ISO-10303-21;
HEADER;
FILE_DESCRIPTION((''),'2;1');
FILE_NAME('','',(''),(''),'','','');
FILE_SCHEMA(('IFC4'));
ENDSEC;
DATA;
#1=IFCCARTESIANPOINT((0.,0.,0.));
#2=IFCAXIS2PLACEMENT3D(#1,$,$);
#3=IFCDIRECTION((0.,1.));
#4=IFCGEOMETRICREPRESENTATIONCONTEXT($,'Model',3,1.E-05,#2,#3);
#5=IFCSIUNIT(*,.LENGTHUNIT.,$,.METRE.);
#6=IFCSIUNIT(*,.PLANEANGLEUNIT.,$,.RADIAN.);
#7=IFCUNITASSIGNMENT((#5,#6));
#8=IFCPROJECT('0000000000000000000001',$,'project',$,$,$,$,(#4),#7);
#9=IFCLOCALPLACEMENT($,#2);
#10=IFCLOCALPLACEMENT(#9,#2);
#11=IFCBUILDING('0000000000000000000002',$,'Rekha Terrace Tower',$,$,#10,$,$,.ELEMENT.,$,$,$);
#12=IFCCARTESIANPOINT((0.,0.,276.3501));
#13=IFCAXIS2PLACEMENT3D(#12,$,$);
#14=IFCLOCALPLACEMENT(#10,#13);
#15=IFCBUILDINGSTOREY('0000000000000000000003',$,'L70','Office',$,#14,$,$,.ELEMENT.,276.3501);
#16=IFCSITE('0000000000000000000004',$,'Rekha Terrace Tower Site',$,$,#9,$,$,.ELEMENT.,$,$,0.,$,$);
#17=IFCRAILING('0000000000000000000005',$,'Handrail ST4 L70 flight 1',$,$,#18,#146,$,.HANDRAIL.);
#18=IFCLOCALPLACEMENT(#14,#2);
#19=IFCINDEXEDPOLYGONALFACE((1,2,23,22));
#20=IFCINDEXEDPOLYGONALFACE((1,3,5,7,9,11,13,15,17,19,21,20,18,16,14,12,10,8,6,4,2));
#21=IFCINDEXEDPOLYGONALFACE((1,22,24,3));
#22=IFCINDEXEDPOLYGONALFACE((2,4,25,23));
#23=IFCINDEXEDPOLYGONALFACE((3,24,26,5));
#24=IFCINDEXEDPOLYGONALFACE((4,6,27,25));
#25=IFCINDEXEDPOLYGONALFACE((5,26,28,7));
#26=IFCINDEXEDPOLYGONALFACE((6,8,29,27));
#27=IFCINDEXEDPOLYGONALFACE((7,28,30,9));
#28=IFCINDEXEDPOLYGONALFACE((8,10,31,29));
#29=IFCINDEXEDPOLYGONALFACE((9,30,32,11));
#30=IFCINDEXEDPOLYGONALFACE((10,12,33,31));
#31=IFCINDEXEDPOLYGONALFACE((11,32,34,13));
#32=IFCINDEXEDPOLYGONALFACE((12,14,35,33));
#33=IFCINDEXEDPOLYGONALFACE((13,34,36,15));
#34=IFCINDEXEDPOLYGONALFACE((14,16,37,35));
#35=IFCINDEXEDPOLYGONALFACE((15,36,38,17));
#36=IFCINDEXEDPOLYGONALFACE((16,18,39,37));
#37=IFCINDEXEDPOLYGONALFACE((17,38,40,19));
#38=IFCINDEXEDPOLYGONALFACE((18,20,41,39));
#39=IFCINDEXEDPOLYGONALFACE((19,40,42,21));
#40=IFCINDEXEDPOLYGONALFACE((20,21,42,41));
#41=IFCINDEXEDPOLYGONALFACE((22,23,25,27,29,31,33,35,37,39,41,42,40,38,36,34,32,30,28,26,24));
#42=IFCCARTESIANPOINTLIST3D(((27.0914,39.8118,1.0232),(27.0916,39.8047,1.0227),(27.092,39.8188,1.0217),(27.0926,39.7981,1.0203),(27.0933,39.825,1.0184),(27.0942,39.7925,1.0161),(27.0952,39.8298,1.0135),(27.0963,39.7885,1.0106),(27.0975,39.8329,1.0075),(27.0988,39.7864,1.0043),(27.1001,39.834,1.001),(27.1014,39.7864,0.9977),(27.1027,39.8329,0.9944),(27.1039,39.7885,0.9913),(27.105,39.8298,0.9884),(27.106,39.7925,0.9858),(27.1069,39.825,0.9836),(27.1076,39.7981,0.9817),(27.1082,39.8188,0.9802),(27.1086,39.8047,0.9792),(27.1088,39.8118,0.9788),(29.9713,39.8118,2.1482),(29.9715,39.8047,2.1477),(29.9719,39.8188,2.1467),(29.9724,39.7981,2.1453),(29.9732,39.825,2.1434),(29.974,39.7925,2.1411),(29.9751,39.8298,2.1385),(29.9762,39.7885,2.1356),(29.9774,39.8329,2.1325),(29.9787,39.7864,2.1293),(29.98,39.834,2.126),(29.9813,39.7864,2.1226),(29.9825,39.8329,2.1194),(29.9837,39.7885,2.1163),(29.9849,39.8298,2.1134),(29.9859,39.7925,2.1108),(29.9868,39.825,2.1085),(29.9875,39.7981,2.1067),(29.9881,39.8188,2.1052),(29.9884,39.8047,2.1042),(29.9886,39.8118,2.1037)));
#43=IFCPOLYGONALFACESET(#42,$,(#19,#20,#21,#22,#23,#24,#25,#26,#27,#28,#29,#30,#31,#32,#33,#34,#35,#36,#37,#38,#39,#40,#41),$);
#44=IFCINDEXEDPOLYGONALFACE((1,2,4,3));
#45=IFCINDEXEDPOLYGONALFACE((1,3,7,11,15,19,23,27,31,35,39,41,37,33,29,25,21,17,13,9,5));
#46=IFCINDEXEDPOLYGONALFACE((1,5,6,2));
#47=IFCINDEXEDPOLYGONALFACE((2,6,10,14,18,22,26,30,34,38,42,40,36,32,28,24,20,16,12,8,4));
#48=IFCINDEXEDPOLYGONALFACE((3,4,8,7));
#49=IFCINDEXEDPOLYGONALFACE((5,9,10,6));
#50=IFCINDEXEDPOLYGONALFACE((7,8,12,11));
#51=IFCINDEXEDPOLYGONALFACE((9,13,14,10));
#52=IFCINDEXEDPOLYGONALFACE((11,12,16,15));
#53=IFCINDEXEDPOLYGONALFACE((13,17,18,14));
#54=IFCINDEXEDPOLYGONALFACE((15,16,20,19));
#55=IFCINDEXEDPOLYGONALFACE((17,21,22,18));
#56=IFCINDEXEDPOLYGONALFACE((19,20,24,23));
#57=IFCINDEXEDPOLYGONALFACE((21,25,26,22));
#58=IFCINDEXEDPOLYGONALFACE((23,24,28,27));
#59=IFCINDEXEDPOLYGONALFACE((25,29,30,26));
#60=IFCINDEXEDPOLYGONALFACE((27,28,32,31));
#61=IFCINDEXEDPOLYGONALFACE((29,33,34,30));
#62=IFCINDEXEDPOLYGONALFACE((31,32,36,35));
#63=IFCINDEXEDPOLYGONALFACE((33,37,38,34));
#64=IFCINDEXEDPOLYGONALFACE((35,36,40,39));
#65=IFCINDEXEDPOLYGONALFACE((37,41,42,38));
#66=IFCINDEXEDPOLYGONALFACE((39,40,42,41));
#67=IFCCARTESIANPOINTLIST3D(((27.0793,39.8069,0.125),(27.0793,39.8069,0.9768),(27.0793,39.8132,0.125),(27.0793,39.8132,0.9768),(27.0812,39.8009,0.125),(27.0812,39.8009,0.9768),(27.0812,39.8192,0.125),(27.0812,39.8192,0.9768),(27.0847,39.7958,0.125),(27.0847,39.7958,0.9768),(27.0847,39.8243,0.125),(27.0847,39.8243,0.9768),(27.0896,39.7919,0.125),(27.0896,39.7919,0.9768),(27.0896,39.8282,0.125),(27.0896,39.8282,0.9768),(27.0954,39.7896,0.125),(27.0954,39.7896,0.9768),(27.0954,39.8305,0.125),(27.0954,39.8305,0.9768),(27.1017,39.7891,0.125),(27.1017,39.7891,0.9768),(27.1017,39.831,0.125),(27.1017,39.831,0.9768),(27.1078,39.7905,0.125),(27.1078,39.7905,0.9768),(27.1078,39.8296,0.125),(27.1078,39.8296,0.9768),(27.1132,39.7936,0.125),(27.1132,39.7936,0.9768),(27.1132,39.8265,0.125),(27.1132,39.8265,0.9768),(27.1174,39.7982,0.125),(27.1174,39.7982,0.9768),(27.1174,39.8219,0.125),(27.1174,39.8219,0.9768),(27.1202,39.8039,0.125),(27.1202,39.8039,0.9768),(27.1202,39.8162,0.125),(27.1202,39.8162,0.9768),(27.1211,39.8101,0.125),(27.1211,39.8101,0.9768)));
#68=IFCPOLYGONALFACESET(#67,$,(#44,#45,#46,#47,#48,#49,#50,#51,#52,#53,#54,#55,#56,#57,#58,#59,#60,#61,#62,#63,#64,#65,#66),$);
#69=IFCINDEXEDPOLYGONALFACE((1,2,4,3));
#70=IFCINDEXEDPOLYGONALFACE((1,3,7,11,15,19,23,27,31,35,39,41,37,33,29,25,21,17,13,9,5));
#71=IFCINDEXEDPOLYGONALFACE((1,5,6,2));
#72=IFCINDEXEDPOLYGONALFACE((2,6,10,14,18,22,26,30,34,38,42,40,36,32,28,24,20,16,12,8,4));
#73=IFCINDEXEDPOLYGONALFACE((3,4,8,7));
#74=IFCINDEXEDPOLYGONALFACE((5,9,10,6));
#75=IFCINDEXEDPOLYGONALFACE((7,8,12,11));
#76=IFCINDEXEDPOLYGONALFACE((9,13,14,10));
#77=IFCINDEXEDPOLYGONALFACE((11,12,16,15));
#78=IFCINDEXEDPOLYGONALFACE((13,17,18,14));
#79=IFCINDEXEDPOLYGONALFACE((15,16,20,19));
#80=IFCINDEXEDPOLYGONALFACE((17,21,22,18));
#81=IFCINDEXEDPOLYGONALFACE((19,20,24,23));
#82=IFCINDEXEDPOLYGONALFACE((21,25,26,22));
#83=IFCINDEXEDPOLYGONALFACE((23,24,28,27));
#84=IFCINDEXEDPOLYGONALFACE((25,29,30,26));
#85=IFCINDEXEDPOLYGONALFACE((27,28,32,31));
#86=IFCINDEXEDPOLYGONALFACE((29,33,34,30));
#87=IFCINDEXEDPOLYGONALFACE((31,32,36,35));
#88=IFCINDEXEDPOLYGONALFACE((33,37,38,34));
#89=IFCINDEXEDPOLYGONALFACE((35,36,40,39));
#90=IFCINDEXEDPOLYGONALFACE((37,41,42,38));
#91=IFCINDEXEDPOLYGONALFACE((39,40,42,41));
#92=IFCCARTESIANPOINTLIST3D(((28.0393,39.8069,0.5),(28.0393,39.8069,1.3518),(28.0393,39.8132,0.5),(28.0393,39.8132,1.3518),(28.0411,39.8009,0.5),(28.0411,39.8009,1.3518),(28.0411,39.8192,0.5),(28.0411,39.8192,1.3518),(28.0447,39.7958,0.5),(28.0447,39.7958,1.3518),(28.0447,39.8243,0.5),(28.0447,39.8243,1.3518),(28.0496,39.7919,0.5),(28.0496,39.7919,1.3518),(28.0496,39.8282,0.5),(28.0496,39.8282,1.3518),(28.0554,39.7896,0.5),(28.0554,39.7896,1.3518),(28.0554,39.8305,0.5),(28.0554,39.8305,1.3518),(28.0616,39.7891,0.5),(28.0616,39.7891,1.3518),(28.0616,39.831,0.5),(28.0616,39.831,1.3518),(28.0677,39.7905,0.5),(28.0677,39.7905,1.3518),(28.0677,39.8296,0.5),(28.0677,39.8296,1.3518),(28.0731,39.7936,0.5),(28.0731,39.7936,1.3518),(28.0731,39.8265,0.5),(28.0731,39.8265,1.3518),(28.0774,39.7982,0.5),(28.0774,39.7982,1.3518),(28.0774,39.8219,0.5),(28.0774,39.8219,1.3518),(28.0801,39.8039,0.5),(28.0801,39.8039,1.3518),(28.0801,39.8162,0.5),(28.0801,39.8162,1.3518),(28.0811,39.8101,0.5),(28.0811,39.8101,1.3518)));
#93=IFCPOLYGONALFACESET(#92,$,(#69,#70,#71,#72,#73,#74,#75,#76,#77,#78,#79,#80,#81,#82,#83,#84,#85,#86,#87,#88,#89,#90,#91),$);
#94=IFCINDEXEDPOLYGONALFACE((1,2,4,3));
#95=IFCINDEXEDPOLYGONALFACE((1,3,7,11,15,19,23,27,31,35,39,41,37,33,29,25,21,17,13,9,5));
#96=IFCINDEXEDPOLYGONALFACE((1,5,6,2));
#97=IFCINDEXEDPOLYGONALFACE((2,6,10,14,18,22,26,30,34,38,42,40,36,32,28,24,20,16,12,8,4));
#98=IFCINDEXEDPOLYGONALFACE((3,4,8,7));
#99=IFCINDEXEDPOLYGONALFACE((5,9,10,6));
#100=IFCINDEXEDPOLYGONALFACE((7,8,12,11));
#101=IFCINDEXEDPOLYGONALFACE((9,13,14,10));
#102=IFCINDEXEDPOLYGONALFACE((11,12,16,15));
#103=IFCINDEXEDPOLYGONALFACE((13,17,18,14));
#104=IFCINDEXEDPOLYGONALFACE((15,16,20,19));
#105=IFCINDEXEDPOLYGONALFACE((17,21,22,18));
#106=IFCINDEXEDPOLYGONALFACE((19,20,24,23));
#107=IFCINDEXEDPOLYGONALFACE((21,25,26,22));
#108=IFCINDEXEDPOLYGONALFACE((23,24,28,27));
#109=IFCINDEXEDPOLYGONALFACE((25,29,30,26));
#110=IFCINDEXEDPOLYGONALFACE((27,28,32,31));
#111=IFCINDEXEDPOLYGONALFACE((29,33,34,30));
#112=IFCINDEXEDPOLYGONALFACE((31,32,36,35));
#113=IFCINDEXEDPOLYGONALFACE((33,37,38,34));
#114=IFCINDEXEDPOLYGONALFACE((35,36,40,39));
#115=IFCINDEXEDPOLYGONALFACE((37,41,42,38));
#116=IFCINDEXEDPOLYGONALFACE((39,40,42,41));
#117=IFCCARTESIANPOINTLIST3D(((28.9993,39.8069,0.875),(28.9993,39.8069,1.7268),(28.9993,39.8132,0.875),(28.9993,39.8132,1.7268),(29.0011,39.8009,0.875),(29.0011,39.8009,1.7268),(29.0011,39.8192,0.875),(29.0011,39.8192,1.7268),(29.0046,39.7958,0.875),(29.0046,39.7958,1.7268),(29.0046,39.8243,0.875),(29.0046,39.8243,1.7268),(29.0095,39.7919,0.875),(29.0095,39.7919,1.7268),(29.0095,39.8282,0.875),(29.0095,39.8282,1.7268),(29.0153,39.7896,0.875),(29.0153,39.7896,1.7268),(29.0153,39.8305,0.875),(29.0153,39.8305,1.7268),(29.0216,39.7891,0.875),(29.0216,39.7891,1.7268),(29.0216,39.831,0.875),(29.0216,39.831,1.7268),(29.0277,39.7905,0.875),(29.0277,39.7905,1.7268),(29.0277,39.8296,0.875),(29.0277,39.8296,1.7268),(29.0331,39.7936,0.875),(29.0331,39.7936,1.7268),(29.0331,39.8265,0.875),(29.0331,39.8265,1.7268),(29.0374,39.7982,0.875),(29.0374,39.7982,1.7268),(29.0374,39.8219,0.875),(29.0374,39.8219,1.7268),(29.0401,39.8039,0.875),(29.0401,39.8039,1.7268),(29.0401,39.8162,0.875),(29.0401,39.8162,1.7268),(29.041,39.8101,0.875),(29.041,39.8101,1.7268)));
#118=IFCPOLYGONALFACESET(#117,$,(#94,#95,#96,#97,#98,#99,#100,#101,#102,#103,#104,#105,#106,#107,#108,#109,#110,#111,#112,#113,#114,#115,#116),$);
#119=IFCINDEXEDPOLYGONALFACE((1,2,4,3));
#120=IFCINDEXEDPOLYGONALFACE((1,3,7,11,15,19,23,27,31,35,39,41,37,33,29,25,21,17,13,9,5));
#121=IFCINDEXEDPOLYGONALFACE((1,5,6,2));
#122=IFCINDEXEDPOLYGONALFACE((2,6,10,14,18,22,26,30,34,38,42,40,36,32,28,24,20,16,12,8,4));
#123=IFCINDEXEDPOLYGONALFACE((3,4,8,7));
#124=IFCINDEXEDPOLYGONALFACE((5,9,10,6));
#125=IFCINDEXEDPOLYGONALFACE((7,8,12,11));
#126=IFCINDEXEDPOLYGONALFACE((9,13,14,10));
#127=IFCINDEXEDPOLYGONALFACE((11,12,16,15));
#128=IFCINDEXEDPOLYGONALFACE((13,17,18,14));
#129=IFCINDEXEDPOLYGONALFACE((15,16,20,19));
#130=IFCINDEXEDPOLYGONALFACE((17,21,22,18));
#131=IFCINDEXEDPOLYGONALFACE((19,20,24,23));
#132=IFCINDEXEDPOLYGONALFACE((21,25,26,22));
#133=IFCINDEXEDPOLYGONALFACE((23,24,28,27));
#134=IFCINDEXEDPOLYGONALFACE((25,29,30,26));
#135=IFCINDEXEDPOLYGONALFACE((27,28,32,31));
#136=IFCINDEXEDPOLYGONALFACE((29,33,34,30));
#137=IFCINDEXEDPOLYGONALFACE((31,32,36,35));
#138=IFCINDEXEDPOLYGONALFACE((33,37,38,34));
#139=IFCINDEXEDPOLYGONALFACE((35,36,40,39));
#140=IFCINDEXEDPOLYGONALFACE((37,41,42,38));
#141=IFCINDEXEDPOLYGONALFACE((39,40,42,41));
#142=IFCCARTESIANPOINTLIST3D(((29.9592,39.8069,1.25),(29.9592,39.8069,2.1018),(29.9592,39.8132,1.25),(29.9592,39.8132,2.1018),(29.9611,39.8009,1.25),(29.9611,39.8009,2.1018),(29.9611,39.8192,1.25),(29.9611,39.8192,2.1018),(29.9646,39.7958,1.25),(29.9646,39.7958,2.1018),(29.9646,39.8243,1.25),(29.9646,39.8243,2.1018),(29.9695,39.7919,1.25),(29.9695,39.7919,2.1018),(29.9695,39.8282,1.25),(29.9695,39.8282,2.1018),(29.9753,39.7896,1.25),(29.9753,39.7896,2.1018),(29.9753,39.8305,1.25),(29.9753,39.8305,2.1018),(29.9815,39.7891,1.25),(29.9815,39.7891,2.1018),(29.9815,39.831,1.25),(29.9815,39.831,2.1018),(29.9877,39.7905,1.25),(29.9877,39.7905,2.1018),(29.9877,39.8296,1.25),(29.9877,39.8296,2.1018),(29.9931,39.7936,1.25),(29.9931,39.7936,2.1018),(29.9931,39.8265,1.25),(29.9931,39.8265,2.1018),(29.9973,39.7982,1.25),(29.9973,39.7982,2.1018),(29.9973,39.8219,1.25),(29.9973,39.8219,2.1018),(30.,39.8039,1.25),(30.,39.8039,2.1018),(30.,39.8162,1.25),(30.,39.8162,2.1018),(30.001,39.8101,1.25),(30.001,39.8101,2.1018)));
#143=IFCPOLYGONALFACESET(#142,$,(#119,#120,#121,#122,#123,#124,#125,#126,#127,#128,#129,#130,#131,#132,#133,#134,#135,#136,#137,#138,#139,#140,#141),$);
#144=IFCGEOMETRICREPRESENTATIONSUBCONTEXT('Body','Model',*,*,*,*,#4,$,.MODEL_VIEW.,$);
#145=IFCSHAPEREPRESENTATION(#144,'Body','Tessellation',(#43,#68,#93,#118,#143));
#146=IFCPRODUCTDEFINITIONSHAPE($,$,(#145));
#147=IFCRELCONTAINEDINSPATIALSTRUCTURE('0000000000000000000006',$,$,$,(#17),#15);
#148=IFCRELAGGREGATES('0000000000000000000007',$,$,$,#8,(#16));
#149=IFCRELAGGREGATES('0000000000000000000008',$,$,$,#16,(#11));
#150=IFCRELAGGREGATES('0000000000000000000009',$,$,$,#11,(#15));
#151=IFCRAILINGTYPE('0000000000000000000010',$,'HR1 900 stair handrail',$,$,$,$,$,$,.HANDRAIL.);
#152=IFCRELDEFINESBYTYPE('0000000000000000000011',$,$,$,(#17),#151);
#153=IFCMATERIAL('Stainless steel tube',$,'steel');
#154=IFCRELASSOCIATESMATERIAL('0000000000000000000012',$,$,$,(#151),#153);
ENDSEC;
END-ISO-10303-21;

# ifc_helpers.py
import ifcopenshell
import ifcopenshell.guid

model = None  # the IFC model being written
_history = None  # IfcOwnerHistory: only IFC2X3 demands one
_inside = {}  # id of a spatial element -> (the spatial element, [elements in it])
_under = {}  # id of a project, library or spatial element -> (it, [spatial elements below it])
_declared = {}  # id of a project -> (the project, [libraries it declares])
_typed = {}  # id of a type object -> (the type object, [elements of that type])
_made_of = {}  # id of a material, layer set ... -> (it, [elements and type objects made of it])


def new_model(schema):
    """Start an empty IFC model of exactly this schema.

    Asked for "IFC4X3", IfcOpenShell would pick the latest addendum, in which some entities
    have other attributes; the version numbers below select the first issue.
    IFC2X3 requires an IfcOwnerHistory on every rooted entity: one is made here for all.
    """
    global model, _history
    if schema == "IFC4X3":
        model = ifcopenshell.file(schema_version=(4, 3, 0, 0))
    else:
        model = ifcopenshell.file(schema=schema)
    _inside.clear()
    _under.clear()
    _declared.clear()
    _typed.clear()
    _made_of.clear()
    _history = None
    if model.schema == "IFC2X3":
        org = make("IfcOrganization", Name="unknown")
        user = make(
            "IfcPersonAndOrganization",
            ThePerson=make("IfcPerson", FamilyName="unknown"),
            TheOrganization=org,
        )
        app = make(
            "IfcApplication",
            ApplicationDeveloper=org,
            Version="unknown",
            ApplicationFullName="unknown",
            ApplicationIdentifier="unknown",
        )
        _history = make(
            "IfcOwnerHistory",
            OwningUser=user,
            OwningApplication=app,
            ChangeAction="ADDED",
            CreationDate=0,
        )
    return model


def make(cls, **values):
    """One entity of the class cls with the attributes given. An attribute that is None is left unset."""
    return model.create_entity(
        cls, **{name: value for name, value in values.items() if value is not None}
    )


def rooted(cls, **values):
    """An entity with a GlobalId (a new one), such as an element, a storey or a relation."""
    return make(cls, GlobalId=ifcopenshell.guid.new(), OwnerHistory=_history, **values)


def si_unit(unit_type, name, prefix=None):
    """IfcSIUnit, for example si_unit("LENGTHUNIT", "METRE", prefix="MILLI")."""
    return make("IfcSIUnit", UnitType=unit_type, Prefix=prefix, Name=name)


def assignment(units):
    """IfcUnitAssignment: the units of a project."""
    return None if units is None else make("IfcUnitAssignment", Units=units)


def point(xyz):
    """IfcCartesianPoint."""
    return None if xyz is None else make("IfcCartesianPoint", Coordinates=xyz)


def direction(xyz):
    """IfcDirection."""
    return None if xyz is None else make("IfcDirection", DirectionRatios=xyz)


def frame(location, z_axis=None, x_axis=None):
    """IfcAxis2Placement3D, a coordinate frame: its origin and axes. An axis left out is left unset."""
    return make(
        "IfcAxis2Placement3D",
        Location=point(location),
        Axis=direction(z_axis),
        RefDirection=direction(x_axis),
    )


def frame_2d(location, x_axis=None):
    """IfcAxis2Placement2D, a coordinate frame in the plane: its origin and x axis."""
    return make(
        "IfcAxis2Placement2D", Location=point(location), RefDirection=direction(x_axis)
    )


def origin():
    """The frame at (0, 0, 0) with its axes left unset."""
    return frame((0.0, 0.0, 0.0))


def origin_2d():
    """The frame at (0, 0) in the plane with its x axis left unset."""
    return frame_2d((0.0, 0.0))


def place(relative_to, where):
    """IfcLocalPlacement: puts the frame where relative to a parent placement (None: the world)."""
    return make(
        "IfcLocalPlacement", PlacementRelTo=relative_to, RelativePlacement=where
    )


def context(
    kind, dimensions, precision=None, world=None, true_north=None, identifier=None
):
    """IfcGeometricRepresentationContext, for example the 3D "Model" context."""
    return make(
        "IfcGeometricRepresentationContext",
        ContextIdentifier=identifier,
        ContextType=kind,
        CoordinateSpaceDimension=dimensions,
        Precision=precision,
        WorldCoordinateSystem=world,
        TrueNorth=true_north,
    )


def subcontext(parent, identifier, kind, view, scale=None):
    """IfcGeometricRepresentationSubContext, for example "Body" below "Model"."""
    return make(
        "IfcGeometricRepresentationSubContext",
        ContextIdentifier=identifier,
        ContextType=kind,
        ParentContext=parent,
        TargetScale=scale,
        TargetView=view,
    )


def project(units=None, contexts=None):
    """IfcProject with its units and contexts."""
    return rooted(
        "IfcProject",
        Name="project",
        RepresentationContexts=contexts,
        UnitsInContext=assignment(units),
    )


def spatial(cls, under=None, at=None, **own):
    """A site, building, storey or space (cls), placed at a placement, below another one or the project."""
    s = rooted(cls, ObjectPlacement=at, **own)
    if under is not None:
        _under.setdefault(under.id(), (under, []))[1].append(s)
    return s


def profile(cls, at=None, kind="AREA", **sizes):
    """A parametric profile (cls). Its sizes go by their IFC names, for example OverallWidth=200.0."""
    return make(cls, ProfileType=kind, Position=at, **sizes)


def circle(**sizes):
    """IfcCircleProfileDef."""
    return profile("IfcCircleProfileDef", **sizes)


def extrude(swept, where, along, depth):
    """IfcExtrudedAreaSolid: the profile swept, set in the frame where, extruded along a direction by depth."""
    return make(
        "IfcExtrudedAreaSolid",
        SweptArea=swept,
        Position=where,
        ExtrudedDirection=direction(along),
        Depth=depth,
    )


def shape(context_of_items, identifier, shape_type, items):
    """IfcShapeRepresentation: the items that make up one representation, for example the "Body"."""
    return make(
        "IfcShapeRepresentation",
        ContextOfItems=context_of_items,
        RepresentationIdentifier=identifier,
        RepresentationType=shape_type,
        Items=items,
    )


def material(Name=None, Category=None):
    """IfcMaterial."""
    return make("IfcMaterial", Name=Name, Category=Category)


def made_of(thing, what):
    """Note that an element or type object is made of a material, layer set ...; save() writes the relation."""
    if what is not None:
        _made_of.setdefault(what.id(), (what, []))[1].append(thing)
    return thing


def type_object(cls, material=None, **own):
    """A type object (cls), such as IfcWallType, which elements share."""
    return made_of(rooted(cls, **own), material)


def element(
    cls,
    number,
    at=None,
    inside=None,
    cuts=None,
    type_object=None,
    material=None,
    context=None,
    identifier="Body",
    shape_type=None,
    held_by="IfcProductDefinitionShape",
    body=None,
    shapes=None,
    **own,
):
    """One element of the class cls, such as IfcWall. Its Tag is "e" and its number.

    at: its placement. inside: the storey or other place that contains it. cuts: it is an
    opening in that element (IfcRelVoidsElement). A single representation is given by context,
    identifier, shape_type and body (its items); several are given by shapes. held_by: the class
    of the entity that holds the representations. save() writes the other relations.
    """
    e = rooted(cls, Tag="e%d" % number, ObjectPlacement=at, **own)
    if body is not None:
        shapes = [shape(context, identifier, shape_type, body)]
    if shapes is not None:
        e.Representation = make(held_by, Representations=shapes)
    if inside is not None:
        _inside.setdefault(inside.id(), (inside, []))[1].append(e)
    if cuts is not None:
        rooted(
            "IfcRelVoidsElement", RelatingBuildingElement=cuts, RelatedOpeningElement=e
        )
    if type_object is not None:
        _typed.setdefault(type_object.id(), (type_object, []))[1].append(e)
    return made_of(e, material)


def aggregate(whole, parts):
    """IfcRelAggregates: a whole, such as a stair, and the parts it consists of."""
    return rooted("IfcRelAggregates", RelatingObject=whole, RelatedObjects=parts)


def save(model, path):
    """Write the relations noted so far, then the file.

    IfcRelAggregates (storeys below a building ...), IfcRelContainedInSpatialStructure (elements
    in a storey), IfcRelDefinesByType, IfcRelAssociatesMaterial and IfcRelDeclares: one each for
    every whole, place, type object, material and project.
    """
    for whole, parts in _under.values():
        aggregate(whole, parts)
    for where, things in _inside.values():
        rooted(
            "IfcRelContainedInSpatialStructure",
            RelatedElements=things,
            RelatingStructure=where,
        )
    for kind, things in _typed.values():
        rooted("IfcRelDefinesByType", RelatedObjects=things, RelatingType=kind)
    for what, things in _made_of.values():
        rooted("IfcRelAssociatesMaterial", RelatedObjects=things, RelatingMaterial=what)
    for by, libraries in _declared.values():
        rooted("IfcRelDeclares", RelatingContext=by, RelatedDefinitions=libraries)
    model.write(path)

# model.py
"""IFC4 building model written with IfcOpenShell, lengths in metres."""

from ifc_helpers import new_model, si_unit, direction, frame, origin, origin_2d, place, context, subcontext, project, spatial, circle, extrude, material, type_object, element, save


model = new_model("IFC4")

# Units and contexts
model_context = context("Model", 3, precision=1e-05, world=origin(), true_north=direction((0.0, 1.0)))
body_context = subcontext(model_context, "Body", "Model", "MODEL_VIEW")
ifc_project = project(units=[si_unit("LENGTHUNIT", "METRE"), si_unit("PLANEANGLEUNIT", "RADIAN")], contexts=[model_context])

# Site, building, storey
site_placement = place(None, origin())
site = spatial("IfcSite", under=ifc_project, at=site_placement, Name="Rekha Terrace Tower Site", CompositionType="ELEMENT", RefElevation=0.0)
building_placement = place(site_placement, origin())
building = spatial("IfcBuilding", under=site, at=building_placement, Name="Rekha Terrace Tower", CompositionType="ELEMENT")
storey_placement = place(building_placement, frame((0.0, 0.0, 276.3501)))
storey = spatial("IfcBuildingStorey", under=building, at=storey_placement, Name="L70", Description="Office", CompositionType="ELEMENT", Elevation=276.3501)

# Railing
ifc_material_1 = material(Name="Stainless steel tube", Category="steel")
railing_type_1 = type_object("IfcRailingType", Name="HR1 900 stair handrail", PredefinedType="HANDRAIL", material=ifc_material_1)
railing_1_placement = place(storey_placement, frame((27.1001, 39.8101, 0.125)))
element("IfcRailing", 1, at=railing_1_placement, inside=storey, type_object=railing_type_1, Name="Handrail ST4 L70 flight 1", PredefinedType="HANDRAIL", context=body_context, shape_type="SweptSolid", body=[
    extrude(circle(Radius=0.0239, at=origin_2d()), frame((0.0, 0.0, 0.876), z_axis=(0.931452, 0.0, 0.363863), x_axis=(0.0, 1.0, 0.0)), (0.0, 0.0, 1.0), 3.0918),
    extrude(circle(Radius=0.021, at=origin_2d()), origin(), (0.0, 0.0, 1.0), 0.8518),
    extrude(circle(Radius=0.021, at=origin_2d()), frame((0.96, 0.0, 0.375)), (0.0, 0.0, 1.0), 0.8518),
    extrude(circle(Radius=0.021, at=origin_2d()), frame((1.9199, 0.0, 0.75)), (0.0, 0.0, 1.0), 0.8518),
    extrude(circle(Radius=0.021, at=origin_2d()), frame((2.8799, 0.0, 1.125)), (0.0, 0.0, 1.0), 0.8518),
])

save(model, "model.ifc")
